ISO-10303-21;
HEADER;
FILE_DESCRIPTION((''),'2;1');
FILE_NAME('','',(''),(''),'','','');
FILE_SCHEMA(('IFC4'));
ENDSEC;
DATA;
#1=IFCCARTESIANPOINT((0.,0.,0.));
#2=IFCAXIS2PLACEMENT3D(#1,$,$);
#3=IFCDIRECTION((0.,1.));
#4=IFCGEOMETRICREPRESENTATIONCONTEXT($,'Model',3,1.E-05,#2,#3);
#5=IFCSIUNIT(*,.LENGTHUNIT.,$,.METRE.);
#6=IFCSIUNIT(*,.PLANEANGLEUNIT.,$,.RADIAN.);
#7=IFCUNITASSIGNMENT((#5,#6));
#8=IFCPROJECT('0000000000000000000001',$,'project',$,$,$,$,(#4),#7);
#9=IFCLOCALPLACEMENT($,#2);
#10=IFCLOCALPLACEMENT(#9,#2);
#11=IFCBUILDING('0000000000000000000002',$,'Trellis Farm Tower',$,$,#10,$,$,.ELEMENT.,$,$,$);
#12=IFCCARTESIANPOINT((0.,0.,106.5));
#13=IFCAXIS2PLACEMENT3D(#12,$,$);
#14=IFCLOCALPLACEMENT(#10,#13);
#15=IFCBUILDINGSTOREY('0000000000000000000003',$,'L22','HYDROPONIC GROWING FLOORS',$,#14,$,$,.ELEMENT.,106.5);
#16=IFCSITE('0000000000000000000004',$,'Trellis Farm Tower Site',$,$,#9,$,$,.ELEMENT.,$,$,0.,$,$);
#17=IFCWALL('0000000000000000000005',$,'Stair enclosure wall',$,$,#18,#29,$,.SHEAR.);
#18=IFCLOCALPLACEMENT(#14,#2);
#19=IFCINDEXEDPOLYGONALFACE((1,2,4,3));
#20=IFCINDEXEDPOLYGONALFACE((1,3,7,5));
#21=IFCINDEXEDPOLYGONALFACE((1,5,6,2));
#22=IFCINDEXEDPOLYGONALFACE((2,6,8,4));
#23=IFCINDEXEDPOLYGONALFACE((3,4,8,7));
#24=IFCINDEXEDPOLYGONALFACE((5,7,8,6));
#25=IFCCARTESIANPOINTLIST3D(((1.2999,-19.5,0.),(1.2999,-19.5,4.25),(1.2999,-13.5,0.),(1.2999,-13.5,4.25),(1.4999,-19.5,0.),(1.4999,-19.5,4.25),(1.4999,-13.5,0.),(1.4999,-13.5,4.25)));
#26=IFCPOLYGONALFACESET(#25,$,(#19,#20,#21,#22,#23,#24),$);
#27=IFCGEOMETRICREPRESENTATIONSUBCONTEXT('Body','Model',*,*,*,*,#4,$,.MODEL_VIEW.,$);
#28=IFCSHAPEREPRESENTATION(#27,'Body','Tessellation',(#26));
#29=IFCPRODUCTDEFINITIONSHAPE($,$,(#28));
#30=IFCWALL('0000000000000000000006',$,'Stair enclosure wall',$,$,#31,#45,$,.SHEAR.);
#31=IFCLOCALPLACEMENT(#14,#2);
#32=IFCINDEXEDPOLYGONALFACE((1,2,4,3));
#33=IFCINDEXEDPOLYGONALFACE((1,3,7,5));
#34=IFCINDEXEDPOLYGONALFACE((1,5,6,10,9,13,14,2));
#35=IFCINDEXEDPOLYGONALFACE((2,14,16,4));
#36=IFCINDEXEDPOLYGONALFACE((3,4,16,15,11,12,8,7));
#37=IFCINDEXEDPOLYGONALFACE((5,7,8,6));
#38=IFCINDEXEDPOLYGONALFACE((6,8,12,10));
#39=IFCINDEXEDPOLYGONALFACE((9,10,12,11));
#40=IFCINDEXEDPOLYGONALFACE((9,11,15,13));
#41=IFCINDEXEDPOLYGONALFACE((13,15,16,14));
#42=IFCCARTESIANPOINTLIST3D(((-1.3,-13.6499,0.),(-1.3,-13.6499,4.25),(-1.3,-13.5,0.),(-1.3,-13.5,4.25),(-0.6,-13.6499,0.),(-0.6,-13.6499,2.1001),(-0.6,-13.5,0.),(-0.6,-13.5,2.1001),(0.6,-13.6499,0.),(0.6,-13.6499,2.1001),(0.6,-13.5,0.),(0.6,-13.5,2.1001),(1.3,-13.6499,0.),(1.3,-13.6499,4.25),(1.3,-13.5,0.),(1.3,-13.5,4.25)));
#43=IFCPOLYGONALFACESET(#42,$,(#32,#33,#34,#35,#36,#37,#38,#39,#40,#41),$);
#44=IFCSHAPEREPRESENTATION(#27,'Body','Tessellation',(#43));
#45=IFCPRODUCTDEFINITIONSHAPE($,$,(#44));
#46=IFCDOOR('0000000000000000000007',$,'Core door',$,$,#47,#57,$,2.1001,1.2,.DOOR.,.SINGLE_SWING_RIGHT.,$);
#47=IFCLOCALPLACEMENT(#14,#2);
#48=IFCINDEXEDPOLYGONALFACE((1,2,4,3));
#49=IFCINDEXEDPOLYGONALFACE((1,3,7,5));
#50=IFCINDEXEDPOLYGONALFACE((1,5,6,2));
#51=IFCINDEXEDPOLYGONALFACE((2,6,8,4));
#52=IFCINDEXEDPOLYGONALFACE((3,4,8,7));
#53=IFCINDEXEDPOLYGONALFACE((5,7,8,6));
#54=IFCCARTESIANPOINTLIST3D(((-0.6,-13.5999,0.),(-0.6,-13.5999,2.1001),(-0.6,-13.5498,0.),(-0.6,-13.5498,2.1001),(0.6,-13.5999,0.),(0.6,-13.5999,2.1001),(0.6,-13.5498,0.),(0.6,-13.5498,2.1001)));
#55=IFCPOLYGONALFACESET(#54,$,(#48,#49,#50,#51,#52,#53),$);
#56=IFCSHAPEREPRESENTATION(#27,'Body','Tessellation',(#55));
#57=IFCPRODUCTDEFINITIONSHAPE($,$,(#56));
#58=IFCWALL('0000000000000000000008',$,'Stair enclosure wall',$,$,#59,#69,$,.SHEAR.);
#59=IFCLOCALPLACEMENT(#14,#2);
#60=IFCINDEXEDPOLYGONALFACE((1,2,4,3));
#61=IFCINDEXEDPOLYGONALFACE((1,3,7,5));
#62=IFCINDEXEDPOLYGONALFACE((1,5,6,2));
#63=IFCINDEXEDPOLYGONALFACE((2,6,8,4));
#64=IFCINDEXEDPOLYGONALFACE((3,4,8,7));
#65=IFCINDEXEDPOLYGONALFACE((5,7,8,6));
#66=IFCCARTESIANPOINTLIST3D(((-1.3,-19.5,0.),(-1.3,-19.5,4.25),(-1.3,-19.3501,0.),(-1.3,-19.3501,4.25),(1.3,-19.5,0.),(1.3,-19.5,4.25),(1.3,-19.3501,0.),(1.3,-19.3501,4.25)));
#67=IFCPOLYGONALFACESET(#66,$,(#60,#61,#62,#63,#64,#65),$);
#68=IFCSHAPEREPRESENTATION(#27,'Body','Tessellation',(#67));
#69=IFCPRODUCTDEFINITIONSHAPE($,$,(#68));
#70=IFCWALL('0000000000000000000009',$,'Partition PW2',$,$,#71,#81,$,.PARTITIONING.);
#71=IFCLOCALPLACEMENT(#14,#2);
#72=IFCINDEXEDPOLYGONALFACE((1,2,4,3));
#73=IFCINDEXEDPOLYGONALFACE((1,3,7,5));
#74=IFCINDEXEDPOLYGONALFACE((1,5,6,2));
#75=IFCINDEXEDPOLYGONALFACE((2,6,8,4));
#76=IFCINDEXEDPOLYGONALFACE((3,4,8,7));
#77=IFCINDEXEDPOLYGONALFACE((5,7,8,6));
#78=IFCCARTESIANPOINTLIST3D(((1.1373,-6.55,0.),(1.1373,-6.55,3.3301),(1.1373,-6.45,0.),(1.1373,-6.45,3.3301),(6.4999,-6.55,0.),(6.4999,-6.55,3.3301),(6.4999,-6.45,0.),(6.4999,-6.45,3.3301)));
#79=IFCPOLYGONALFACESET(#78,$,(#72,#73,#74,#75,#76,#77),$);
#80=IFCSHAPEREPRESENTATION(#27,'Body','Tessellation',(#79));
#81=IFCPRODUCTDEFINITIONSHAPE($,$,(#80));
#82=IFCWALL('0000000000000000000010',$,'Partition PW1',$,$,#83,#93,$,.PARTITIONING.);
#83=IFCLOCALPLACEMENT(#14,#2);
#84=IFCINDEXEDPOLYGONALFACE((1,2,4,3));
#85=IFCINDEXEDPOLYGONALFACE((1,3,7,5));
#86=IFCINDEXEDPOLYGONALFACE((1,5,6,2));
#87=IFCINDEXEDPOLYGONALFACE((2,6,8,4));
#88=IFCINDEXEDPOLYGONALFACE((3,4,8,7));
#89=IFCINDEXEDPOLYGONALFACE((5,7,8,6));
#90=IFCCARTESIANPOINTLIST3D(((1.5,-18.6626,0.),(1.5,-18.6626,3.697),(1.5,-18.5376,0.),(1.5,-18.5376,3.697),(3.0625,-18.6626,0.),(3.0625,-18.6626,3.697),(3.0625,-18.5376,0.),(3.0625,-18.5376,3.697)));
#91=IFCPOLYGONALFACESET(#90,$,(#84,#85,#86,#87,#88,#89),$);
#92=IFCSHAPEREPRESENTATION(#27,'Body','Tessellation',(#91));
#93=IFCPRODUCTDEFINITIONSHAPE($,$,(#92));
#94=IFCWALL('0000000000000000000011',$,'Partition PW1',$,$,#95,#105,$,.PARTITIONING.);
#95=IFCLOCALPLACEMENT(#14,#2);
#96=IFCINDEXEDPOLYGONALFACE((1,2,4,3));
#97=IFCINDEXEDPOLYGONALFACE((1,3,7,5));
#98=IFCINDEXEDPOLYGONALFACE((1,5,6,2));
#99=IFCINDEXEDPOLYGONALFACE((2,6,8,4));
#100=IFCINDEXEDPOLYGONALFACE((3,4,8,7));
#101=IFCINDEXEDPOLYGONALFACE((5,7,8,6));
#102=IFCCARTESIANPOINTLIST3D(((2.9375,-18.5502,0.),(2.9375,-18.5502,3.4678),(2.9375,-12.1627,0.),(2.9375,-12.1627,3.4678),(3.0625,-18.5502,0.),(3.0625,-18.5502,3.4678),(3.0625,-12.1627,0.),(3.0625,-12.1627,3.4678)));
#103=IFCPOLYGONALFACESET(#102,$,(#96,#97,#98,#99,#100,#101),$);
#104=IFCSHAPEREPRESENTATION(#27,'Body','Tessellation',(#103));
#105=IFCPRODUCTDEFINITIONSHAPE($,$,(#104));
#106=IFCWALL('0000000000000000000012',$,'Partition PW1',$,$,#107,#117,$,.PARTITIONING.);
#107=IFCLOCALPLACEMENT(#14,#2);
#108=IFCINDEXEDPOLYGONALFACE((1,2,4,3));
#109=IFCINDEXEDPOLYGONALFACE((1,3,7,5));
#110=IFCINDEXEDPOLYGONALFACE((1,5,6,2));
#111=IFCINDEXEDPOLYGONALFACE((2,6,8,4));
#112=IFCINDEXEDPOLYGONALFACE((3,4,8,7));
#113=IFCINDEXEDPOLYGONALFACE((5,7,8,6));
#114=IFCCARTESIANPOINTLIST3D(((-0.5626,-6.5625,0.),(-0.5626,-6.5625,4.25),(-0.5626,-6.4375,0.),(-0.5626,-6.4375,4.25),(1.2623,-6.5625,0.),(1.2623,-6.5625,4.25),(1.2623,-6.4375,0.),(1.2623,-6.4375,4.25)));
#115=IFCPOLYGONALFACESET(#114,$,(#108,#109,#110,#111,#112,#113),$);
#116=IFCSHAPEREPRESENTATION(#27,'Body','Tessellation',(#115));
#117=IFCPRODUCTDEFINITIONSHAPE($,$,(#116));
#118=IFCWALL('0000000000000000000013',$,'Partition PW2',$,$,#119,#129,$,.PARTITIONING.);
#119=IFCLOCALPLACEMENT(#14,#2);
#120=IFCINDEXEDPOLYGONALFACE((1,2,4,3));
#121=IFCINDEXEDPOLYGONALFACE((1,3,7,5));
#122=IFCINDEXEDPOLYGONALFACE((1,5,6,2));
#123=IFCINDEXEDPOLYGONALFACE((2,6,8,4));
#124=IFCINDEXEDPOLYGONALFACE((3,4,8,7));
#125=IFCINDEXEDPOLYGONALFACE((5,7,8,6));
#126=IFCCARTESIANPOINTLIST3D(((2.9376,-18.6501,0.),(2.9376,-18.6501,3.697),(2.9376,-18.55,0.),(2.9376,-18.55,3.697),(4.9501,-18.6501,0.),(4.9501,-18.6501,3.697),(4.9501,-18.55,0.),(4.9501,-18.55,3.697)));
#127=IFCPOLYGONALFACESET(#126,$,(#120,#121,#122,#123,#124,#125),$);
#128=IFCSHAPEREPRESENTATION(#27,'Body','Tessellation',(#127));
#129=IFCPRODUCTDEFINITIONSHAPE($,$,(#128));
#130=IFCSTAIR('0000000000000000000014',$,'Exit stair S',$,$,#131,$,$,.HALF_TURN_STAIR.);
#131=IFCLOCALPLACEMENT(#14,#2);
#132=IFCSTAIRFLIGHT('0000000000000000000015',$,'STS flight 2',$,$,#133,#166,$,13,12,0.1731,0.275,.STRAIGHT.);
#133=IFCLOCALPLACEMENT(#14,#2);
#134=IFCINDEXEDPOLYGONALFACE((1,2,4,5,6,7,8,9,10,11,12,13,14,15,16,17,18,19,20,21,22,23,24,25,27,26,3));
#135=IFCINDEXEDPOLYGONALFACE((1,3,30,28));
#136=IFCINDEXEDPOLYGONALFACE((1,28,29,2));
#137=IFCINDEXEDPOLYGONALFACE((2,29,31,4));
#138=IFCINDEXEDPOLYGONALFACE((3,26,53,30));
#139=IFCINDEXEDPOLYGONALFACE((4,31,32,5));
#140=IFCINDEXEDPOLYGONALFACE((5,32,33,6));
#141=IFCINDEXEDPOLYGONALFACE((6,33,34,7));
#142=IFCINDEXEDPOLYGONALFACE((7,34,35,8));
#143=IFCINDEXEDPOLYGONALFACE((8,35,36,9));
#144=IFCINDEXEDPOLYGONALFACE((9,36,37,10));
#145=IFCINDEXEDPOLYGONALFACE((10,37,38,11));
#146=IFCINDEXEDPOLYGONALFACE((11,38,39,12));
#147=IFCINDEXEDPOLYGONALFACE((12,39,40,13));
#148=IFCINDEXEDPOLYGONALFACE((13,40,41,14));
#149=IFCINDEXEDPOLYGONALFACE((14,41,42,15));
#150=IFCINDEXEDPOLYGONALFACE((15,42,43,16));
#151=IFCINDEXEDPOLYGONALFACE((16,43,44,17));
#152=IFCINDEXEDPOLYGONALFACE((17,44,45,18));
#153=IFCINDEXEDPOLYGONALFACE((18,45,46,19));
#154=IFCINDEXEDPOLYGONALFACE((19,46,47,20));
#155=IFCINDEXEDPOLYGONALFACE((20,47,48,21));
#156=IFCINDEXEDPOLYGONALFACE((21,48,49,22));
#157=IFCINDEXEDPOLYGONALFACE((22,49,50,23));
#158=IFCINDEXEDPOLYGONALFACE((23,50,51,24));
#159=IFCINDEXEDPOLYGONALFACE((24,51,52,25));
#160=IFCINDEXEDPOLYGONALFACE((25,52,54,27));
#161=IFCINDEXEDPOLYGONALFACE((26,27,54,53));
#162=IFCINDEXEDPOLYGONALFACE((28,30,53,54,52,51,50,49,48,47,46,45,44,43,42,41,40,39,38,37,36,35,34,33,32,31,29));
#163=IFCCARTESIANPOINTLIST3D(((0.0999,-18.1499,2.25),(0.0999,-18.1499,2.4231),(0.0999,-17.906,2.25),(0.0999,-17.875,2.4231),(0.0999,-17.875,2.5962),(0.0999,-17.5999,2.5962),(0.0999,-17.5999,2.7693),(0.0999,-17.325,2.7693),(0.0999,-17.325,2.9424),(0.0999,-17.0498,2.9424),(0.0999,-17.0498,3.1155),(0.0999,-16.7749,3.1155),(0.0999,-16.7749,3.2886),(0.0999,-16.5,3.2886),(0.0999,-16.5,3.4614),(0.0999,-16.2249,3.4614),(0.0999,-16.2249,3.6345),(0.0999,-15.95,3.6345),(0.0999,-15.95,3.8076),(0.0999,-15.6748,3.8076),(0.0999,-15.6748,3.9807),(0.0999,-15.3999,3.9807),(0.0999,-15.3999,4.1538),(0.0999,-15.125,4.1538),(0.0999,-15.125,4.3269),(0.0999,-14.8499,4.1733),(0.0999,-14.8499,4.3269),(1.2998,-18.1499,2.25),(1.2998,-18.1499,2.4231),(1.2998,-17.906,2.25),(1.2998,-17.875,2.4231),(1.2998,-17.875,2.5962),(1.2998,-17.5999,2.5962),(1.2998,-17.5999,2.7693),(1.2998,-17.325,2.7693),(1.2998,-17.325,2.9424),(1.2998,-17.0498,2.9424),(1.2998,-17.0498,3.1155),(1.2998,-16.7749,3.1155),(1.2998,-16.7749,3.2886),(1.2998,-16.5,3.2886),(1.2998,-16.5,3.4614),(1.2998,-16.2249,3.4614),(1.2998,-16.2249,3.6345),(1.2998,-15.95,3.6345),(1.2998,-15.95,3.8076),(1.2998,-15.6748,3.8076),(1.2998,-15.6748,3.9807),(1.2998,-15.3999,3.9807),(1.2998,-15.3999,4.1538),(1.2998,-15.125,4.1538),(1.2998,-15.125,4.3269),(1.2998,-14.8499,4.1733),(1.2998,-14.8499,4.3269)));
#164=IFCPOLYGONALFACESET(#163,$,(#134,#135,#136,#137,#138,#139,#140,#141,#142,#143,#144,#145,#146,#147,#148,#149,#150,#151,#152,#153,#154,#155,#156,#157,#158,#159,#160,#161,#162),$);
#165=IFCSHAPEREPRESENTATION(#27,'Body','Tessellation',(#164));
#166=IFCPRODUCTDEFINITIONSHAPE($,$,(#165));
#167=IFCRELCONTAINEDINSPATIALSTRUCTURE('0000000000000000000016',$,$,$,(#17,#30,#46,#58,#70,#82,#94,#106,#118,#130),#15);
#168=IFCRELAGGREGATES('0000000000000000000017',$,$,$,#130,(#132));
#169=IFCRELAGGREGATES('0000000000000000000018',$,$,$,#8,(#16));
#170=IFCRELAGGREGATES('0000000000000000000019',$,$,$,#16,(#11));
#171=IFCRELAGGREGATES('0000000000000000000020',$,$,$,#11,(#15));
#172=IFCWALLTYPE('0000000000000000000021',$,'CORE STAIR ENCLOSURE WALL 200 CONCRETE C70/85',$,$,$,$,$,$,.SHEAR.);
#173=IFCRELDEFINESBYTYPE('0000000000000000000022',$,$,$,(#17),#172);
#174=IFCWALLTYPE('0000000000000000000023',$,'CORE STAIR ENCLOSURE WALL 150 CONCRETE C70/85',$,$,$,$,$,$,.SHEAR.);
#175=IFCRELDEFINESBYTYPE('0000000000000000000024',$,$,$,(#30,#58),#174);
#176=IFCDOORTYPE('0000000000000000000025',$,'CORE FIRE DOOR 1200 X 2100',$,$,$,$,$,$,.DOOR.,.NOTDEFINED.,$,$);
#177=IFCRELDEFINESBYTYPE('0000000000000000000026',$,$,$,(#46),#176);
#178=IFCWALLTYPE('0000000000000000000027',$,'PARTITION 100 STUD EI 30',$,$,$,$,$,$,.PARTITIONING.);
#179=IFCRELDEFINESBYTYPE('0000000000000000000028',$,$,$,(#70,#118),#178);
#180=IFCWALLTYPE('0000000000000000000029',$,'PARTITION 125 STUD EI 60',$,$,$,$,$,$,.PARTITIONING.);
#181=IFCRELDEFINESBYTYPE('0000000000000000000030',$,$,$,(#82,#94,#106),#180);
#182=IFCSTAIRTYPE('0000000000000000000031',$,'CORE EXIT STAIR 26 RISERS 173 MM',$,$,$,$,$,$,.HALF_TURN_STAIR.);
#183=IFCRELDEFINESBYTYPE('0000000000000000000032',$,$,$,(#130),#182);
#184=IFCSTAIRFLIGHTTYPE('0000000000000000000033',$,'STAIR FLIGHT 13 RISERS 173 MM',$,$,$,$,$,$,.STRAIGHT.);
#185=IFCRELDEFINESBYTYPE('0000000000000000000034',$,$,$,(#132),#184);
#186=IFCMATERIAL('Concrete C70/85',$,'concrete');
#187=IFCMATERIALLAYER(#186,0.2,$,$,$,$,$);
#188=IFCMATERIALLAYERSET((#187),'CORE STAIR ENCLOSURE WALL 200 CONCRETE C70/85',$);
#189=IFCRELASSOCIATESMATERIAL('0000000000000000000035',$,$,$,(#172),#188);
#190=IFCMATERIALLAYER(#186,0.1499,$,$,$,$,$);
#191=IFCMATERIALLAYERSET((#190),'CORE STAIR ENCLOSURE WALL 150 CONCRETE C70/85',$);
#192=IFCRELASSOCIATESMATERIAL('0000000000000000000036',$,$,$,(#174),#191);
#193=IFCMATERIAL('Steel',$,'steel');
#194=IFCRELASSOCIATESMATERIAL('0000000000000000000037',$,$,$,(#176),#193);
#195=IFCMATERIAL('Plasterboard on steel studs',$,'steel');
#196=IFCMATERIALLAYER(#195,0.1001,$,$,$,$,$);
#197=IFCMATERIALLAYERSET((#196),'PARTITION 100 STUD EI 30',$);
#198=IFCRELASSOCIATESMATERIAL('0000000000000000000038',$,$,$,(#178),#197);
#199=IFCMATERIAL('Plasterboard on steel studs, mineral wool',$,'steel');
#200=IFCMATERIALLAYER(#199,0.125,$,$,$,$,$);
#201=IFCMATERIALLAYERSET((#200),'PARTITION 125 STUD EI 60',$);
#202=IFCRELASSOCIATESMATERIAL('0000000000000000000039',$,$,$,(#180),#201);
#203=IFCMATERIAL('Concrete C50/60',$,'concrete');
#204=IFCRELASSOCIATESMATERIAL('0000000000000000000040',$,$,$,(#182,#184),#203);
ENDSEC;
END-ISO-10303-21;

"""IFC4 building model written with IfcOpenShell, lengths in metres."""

from ifc_helpers import new_model, si_unit, direction, frame, frame_2d, origin, place, context, subcontext, project, spatial, polyline, rectangle, outline, extrude, source, transform, mapped, material, layer, layer_set, type_object, element, fill, aggregate, save


model = new_model("IFC4")

# Units and contexts
model_context = context("Model", 3, precision=1e-05, world=origin(), true_north=direction((0.0, 1.0)))
body_context = subcontext(model_context, "Body", "Model", "MODEL_VIEW")
ifc_project = project(units=[si_unit("LENGTHUNIT", "METRE"), si_unit("PLANEANGLEUNIT", "RADIAN")], contexts=[model_context])

# Site, building, storey
site_placement = place(None, origin())
site = spatial("IfcSite", under=ifc_project, at=site_placement, Name="Trellis Farm Tower Site", CompositionType="ELEMENT", RefElevation=0.0)
building_placement = place(site_placement, origin())
building = spatial("IfcBuilding", under=site, at=building_placement, Name="Trellis Farm Tower", CompositionType="ELEMENT")
storey_placement = place(building_placement, frame((0.0, 0.0, 106.5)))
storey = spatial("IfcBuildingStorey", under=building, at=storey_placement, Name="L22", Description="HYDROPONIC GROWING FLOORS", CompositionType="ELEMENT", Elevation=106.5)

# Shared definitions
placement = place(storey_placement, origin())

# Wall
ifc_material_1 = material(Name="Concrete C70/85", Category="concrete")
ifc_layer_1 = layer(ifc_material_1, 0.2)
ifc_layer_set_1 = layer_set([ifc_layer_1], Name="CORE STAIR ENCLOSURE WALL 200 CONCRETE C70/85")
wall_type_1 = type_object("IfcWallType", Name="CORE STAIR ENCLOSURE WALL 200 CONCRETE C70/85", PredefinedType="SHEAR", material=ifc_layer_set_1)
shared_shape_1 = source(origin(), body_context, "Body", "SweptSolid", [
    extrude(rectangle(XDim=6.0, YDim=0.2, at=frame_2d((3.0, 0.0))), origin(), (0.0, 0.0, 1.0), 4.25),
])
wall_1_placement = place(storey_placement, frame((1.3999, -13.5, 0.0), z_axis=(0.0, 0.0, 1.0), x_axis=(0.0, -1.0, 0.0)))
element("IfcWall", 1, at=wall_1_placement, inside=storey, type_object=wall_type_1, Name="Stair enclosure wall", PredefinedType="SHEAR", context=body_context, shape_type="MappedRepresentation", body=[
    mapped(shared_shape_1, transform((0.0, 0.0, 0.0))),
])

# Wall, opening, door
ifc_layer_2 = layer(ifc_material_1, 0.1499)
ifc_layer_set_2 = layer_set([ifc_layer_2], Name="CORE STAIR ENCLOSURE WALL 150 CONCRETE C70/85")
wall_type_2 = type_object("IfcWallType", Name="CORE STAIR ENCLOSURE WALL 150 CONCRETE C70/85", PredefinedType="SHEAR", material=ifc_layer_set_2)
shared_shape_2 = source(origin(), body_context, "Body", "SweptSolid", [
    extrude(rectangle(XDim=2.6001, YDim=0.1499, at=frame_2d((1.3, 0.0))), origin(), (0.0, 0.0, 1.0), 4.25),
])
wall_2_placement = place(storey_placement, frame((1.3, -13.575, 0.0), z_axis=(0.0, 0.0, 1.0), x_axis=(-1.0, 0.0, 0.0)))
wall_2 = element("IfcWall", 2, at=wall_2_placement, inside=storey, type_object=wall_type_2, Name="Stair enclosure wall", PredefinedType="SHEAR", context=body_context, shape_type="MappedRepresentation", body=[
    mapped(shared_shape_2, transform((0.0, 0.0, 0.0))),
])
shared_shape_3 = source(origin(), body_context, "Body", "SweptSolid", [
    extrude(rectangle(XDim=1.2, YDim=2.1001, at=frame_2d((0.6001, 1.05))), frame((0.0, 0.085, 0.0), z_axis=(0.0, -1.0, 0.0), x_axis=(1.0, 0.0, 0.0)), (0.0, 0.0, 1.0), 0.1699),
])
opening_placement = place(wall_2_placement, frame((0.7, 0.0, 0.0)))
opening = element("IfcOpeningElement", 3, at=opening_placement, cuts=wall_2, PredefinedType="OPENING", context=body_context, shape_type="MappedRepresentation", body=[
    mapped(shared_shape_3, transform((0.0, 0.0, 0.0))),
])
ifc_material_2 = material(Name="Steel", Category="steel")
door_type = type_object("IfcDoorType", Name="CORE FIRE DOOR 1200 X 2100", OperationType="NOTDEFINED", PredefinedType="DOOR", material=ifc_material_2)
shared_shape_4 = source(origin(), body_context, "Body", "SweptSolid", [
    extrude(rectangle(XDim=1.2, YDim=2.1001, at=frame_2d((0.6001, 1.05))), frame((0.0, 0.0249, 0.0), z_axis=(0.0, -1.0, 0.0), x_axis=(1.0, 0.0, 0.0)), (0.0, 0.0, 1.0), 0.05),
])
door_placement = place(opening_placement, origin())
door = element("IfcDoor", 4, at=door_placement, inside=storey, type_object=door_type, Name="Core door", OperationType="SINGLE_SWING_RIGHT", OverallHeight=2.1001, OverallWidth=1.2, PredefinedType="DOOR", context=body_context, shape_type="MappedRepresentation", body=[
    mapped(shared_shape_4, transform((0.0, 0.0, 0.0))),
])
fill(opening, door)

# Walls
wall_3_placement = place(storey_placement, frame((1.3, -19.425, 0.0), z_axis=(0.0, 0.0, 1.0), x_axis=(-1.0, 0.0, 0.0)))
element("IfcWall", 5, at=wall_3_placement, inside=storey, type_object=wall_type_2, Name="Stair enclosure wall", PredefinedType="SHEAR", context=body_context, shape_type="MappedRepresentation", body=[
    mapped(shared_shape_2, transform((0.0, 0.0, 0.0))),
])
ifc_material_3 = material(Name="Plasterboard on steel studs", Category="steel")
ifc_layer_3 = layer(ifc_material_3, 0.1001)
ifc_layer_set_3 = layer_set([ifc_layer_3], Name="PARTITION 100 STUD EI 30")
wall_type_3 = type_object("IfcWallType", Name="PARTITION 100 STUD EI 30", PredefinedType="PARTITIONING", material=ifc_layer_set_3)
shared_shape_5 = source(origin(), body_context, "Body", "SweptSolid", [
    extrude(rectangle(XDim=5.3625, YDim=0.1001, at=frame_2d((2.6812, 0.0))), origin(), (0.0, 0.0, 1.0), 3.3301),
])
wall_4_placement = place(storey_placement, frame((1.1375, -6.5, 0.0), z_axis=(0.0, 0.0, 1.0), x_axis=(1.0, 0.0, 0.0)))
element("IfcWall", 6, at=wall_4_placement, inside=storey, type_object=wall_type_3, Name="Partition PW2", PredefinedType="PARTITIONING", context=body_context, shape_type="MappedRepresentation", body=[
    mapped(shared_shape_5, transform((0.0, 0.0, 0.0))),
])
ifc_material_4 = material(Name="Plasterboard on steel studs, mineral wool", Category="steel")
ifc_layer_4 = layer(ifc_material_4, 0.125)
ifc_layer_set_4 = layer_set([ifc_layer_4], Name="PARTITION 125 STUD EI 60")
wall_type_4 = type_object("IfcWallType", Name="PARTITION 125 STUD EI 60", PredefinedType="PARTITIONING", material=ifc_layer_set_4)
shared_shape_6 = source(origin(), body_context, "Body", "SweptSolid", [
    extrude(rectangle(XDim=1.5625, YDim=0.125, at=frame_2d((0.7812, 0.0))), origin(), (0.0, 0.0, 1.0), 3.697),
])
wall_5_placement = place(storey_placement, frame((3.0625, -18.6001, 0.0), z_axis=(0.0, 0.0, 1.0), x_axis=(-1.0, 0.0, 0.0)))
element("IfcWall", 7, at=wall_5_placement, inside=storey, type_object=wall_type_4, Name="Partition PW1", PredefinedType="PARTITIONING", context=body_context, shape_type="MappedRepresentation", body=[
    mapped(shared_shape_6, transform((0.0, 0.0, 0.0))),
])
shared_shape_7 = source(origin(), body_context, "Body", "SweptSolid", [
    extrude(rectangle(XDim=6.3875, YDim=0.125, at=frame_2d((3.1938, 0.0))), origin(), (0.0, 0.0, 1.0), 3.4678),
])
wall_6_placement = place(storey_placement, frame((3.0, -12.1626, 0.0), z_axis=(0.0, 0.0, 1.0), x_axis=(0.0, -1.0, 0.0)))
element("IfcWall", 8, at=wall_6_placement, inside=storey, type_object=wall_type_4, Name="Partition PW1", PredefinedType="PARTITIONING", context=body_context, shape_type="MappedRepresentation", body=[
    mapped(shared_shape_7, transform((0.0, 0.0, 0.0))),
])
shared_shape_8 = source(origin(), body_context, "Body", "SweptSolid", [
    extrude(rectangle(XDim=1.825, YDim=0.125, at=frame_2d((0.9126, 0.0))), origin(), (0.0, 0.0, 1.0), 4.25),
])
wall_7_placement = place(storey_placement, frame((1.2625, -6.5, 0.0), z_axis=(0.0, 0.0, 1.0), x_axis=(-1.0, 0.0, 0.0)))
element("IfcWall", 9, at=wall_7_placement, inside=storey, type_object=wall_type_4, Name="Partition PW1", PredefinedType="PARTITIONING", context=body_context, shape_type="MappedRepresentation", body=[
    mapped(shared_shape_8, transform((0.0, 0.0, 0.0))),
])
shared_shape_9 = source(origin(), body_context, "Body", "SweptSolid", [
    extrude(rectangle(XDim=2.0125, YDim=0.1001, at=frame_2d((1.0063, 0.0))), origin(), (0.0, 0.0, 1.0), 3.697),
])
wall_8_placement = place(storey_placement, frame((2.9375, -18.6001, 0.0), z_axis=(0.0, 0.0, 1.0), x_axis=(1.0, 0.0, 0.0)))
element("IfcWall", 10, at=wall_8_placement, inside=storey, type_object=wall_type_3, Name="Partition PW2", PredefinedType="PARTITIONING", context=body_context, shape_type="MappedRepresentation", body=[
    mapped(shared_shape_9, transform((0.0, 0.0, 0.0))),
])

# Stair, stair flight
ifc_material_5 = material(Name="Concrete C50/60", Category="concrete")
stair_type = type_object("IfcStairType", Name="CORE EXIT STAIR 26 RISERS 173 MM", PredefinedType="HALF_TURN_STAIR", material=ifc_material_5)
stair = element("IfcStair", 11, at=placement, inside=storey, type_object=stair_type, Name="Exit stair S", PredefinedType="HALF_TURN_STAIR")
stair_flight_type = type_object("IfcStairFlightType", Name="STAIR FLIGHT 13 RISERS 173 MM", PredefinedType="STRAIGHT", material=ifc_material_5)
shared_shape_10 = source(origin(), body_context, "Body", "SweptSolid", [
    extrude(outline(polyline([(0.0, 0.0), (0.0, 0.1731), (0.2749, 0.1731), (0.2749, 0.3462), (0.55, 0.3462), (0.55, 0.5193), (0.825, 0.5193), (0.825, 0.6924), (1.1001, 0.6924), (1.1001, 0.8655), (1.375, 0.8655), (1.375, 1.0386), (1.6499, 1.0386), (1.6499, 1.2114), (1.925, 1.2114), (1.925, 1.3845), (2.2, 1.3845), (2.2, 1.5576), (2.4751, 1.5576), (2.4751, 1.7307), (2.75, 1.7307), (2.75, 1.9038), (3.0249, 1.9038), (3.0249, 2.0769), (3.3, 2.0769), (3.3, 2.25), (3.3, 1.9233), (0.2439, 0.0), (0.0, 0.0)])), frame((0.0, 0.6001, 0.0), z_axis=(0.0, -1.0, 0.0), x_axis=(1.0, 0.0, 0.0)), (0.0, 0.0, 1.0), 1.2),
])
stair_flight_placement = place(storey_placement, frame((0.7, -18.1499, 2.25), z_axis=(0.0, 0.0, 1.0), x_axis=(0.0, 1.0, 0.0)))
stair_flight = element("IfcStairFlight", 12, at=stair_flight_placement, type_object=stair_flight_type, Name="STS flight 2", NumberOfRisers=13, NumberOfTreads=12, PredefinedType="STRAIGHT", RiserHeight=0.1731, TreadLength=0.275, context=body_context, shape_type="MappedRepresentation", body=[
    mapped(shared_shape_10, transform((0.0, 0.0, 0.0))),
])
aggregate(stair, [stair_flight])

save(model, "model.ifc")
